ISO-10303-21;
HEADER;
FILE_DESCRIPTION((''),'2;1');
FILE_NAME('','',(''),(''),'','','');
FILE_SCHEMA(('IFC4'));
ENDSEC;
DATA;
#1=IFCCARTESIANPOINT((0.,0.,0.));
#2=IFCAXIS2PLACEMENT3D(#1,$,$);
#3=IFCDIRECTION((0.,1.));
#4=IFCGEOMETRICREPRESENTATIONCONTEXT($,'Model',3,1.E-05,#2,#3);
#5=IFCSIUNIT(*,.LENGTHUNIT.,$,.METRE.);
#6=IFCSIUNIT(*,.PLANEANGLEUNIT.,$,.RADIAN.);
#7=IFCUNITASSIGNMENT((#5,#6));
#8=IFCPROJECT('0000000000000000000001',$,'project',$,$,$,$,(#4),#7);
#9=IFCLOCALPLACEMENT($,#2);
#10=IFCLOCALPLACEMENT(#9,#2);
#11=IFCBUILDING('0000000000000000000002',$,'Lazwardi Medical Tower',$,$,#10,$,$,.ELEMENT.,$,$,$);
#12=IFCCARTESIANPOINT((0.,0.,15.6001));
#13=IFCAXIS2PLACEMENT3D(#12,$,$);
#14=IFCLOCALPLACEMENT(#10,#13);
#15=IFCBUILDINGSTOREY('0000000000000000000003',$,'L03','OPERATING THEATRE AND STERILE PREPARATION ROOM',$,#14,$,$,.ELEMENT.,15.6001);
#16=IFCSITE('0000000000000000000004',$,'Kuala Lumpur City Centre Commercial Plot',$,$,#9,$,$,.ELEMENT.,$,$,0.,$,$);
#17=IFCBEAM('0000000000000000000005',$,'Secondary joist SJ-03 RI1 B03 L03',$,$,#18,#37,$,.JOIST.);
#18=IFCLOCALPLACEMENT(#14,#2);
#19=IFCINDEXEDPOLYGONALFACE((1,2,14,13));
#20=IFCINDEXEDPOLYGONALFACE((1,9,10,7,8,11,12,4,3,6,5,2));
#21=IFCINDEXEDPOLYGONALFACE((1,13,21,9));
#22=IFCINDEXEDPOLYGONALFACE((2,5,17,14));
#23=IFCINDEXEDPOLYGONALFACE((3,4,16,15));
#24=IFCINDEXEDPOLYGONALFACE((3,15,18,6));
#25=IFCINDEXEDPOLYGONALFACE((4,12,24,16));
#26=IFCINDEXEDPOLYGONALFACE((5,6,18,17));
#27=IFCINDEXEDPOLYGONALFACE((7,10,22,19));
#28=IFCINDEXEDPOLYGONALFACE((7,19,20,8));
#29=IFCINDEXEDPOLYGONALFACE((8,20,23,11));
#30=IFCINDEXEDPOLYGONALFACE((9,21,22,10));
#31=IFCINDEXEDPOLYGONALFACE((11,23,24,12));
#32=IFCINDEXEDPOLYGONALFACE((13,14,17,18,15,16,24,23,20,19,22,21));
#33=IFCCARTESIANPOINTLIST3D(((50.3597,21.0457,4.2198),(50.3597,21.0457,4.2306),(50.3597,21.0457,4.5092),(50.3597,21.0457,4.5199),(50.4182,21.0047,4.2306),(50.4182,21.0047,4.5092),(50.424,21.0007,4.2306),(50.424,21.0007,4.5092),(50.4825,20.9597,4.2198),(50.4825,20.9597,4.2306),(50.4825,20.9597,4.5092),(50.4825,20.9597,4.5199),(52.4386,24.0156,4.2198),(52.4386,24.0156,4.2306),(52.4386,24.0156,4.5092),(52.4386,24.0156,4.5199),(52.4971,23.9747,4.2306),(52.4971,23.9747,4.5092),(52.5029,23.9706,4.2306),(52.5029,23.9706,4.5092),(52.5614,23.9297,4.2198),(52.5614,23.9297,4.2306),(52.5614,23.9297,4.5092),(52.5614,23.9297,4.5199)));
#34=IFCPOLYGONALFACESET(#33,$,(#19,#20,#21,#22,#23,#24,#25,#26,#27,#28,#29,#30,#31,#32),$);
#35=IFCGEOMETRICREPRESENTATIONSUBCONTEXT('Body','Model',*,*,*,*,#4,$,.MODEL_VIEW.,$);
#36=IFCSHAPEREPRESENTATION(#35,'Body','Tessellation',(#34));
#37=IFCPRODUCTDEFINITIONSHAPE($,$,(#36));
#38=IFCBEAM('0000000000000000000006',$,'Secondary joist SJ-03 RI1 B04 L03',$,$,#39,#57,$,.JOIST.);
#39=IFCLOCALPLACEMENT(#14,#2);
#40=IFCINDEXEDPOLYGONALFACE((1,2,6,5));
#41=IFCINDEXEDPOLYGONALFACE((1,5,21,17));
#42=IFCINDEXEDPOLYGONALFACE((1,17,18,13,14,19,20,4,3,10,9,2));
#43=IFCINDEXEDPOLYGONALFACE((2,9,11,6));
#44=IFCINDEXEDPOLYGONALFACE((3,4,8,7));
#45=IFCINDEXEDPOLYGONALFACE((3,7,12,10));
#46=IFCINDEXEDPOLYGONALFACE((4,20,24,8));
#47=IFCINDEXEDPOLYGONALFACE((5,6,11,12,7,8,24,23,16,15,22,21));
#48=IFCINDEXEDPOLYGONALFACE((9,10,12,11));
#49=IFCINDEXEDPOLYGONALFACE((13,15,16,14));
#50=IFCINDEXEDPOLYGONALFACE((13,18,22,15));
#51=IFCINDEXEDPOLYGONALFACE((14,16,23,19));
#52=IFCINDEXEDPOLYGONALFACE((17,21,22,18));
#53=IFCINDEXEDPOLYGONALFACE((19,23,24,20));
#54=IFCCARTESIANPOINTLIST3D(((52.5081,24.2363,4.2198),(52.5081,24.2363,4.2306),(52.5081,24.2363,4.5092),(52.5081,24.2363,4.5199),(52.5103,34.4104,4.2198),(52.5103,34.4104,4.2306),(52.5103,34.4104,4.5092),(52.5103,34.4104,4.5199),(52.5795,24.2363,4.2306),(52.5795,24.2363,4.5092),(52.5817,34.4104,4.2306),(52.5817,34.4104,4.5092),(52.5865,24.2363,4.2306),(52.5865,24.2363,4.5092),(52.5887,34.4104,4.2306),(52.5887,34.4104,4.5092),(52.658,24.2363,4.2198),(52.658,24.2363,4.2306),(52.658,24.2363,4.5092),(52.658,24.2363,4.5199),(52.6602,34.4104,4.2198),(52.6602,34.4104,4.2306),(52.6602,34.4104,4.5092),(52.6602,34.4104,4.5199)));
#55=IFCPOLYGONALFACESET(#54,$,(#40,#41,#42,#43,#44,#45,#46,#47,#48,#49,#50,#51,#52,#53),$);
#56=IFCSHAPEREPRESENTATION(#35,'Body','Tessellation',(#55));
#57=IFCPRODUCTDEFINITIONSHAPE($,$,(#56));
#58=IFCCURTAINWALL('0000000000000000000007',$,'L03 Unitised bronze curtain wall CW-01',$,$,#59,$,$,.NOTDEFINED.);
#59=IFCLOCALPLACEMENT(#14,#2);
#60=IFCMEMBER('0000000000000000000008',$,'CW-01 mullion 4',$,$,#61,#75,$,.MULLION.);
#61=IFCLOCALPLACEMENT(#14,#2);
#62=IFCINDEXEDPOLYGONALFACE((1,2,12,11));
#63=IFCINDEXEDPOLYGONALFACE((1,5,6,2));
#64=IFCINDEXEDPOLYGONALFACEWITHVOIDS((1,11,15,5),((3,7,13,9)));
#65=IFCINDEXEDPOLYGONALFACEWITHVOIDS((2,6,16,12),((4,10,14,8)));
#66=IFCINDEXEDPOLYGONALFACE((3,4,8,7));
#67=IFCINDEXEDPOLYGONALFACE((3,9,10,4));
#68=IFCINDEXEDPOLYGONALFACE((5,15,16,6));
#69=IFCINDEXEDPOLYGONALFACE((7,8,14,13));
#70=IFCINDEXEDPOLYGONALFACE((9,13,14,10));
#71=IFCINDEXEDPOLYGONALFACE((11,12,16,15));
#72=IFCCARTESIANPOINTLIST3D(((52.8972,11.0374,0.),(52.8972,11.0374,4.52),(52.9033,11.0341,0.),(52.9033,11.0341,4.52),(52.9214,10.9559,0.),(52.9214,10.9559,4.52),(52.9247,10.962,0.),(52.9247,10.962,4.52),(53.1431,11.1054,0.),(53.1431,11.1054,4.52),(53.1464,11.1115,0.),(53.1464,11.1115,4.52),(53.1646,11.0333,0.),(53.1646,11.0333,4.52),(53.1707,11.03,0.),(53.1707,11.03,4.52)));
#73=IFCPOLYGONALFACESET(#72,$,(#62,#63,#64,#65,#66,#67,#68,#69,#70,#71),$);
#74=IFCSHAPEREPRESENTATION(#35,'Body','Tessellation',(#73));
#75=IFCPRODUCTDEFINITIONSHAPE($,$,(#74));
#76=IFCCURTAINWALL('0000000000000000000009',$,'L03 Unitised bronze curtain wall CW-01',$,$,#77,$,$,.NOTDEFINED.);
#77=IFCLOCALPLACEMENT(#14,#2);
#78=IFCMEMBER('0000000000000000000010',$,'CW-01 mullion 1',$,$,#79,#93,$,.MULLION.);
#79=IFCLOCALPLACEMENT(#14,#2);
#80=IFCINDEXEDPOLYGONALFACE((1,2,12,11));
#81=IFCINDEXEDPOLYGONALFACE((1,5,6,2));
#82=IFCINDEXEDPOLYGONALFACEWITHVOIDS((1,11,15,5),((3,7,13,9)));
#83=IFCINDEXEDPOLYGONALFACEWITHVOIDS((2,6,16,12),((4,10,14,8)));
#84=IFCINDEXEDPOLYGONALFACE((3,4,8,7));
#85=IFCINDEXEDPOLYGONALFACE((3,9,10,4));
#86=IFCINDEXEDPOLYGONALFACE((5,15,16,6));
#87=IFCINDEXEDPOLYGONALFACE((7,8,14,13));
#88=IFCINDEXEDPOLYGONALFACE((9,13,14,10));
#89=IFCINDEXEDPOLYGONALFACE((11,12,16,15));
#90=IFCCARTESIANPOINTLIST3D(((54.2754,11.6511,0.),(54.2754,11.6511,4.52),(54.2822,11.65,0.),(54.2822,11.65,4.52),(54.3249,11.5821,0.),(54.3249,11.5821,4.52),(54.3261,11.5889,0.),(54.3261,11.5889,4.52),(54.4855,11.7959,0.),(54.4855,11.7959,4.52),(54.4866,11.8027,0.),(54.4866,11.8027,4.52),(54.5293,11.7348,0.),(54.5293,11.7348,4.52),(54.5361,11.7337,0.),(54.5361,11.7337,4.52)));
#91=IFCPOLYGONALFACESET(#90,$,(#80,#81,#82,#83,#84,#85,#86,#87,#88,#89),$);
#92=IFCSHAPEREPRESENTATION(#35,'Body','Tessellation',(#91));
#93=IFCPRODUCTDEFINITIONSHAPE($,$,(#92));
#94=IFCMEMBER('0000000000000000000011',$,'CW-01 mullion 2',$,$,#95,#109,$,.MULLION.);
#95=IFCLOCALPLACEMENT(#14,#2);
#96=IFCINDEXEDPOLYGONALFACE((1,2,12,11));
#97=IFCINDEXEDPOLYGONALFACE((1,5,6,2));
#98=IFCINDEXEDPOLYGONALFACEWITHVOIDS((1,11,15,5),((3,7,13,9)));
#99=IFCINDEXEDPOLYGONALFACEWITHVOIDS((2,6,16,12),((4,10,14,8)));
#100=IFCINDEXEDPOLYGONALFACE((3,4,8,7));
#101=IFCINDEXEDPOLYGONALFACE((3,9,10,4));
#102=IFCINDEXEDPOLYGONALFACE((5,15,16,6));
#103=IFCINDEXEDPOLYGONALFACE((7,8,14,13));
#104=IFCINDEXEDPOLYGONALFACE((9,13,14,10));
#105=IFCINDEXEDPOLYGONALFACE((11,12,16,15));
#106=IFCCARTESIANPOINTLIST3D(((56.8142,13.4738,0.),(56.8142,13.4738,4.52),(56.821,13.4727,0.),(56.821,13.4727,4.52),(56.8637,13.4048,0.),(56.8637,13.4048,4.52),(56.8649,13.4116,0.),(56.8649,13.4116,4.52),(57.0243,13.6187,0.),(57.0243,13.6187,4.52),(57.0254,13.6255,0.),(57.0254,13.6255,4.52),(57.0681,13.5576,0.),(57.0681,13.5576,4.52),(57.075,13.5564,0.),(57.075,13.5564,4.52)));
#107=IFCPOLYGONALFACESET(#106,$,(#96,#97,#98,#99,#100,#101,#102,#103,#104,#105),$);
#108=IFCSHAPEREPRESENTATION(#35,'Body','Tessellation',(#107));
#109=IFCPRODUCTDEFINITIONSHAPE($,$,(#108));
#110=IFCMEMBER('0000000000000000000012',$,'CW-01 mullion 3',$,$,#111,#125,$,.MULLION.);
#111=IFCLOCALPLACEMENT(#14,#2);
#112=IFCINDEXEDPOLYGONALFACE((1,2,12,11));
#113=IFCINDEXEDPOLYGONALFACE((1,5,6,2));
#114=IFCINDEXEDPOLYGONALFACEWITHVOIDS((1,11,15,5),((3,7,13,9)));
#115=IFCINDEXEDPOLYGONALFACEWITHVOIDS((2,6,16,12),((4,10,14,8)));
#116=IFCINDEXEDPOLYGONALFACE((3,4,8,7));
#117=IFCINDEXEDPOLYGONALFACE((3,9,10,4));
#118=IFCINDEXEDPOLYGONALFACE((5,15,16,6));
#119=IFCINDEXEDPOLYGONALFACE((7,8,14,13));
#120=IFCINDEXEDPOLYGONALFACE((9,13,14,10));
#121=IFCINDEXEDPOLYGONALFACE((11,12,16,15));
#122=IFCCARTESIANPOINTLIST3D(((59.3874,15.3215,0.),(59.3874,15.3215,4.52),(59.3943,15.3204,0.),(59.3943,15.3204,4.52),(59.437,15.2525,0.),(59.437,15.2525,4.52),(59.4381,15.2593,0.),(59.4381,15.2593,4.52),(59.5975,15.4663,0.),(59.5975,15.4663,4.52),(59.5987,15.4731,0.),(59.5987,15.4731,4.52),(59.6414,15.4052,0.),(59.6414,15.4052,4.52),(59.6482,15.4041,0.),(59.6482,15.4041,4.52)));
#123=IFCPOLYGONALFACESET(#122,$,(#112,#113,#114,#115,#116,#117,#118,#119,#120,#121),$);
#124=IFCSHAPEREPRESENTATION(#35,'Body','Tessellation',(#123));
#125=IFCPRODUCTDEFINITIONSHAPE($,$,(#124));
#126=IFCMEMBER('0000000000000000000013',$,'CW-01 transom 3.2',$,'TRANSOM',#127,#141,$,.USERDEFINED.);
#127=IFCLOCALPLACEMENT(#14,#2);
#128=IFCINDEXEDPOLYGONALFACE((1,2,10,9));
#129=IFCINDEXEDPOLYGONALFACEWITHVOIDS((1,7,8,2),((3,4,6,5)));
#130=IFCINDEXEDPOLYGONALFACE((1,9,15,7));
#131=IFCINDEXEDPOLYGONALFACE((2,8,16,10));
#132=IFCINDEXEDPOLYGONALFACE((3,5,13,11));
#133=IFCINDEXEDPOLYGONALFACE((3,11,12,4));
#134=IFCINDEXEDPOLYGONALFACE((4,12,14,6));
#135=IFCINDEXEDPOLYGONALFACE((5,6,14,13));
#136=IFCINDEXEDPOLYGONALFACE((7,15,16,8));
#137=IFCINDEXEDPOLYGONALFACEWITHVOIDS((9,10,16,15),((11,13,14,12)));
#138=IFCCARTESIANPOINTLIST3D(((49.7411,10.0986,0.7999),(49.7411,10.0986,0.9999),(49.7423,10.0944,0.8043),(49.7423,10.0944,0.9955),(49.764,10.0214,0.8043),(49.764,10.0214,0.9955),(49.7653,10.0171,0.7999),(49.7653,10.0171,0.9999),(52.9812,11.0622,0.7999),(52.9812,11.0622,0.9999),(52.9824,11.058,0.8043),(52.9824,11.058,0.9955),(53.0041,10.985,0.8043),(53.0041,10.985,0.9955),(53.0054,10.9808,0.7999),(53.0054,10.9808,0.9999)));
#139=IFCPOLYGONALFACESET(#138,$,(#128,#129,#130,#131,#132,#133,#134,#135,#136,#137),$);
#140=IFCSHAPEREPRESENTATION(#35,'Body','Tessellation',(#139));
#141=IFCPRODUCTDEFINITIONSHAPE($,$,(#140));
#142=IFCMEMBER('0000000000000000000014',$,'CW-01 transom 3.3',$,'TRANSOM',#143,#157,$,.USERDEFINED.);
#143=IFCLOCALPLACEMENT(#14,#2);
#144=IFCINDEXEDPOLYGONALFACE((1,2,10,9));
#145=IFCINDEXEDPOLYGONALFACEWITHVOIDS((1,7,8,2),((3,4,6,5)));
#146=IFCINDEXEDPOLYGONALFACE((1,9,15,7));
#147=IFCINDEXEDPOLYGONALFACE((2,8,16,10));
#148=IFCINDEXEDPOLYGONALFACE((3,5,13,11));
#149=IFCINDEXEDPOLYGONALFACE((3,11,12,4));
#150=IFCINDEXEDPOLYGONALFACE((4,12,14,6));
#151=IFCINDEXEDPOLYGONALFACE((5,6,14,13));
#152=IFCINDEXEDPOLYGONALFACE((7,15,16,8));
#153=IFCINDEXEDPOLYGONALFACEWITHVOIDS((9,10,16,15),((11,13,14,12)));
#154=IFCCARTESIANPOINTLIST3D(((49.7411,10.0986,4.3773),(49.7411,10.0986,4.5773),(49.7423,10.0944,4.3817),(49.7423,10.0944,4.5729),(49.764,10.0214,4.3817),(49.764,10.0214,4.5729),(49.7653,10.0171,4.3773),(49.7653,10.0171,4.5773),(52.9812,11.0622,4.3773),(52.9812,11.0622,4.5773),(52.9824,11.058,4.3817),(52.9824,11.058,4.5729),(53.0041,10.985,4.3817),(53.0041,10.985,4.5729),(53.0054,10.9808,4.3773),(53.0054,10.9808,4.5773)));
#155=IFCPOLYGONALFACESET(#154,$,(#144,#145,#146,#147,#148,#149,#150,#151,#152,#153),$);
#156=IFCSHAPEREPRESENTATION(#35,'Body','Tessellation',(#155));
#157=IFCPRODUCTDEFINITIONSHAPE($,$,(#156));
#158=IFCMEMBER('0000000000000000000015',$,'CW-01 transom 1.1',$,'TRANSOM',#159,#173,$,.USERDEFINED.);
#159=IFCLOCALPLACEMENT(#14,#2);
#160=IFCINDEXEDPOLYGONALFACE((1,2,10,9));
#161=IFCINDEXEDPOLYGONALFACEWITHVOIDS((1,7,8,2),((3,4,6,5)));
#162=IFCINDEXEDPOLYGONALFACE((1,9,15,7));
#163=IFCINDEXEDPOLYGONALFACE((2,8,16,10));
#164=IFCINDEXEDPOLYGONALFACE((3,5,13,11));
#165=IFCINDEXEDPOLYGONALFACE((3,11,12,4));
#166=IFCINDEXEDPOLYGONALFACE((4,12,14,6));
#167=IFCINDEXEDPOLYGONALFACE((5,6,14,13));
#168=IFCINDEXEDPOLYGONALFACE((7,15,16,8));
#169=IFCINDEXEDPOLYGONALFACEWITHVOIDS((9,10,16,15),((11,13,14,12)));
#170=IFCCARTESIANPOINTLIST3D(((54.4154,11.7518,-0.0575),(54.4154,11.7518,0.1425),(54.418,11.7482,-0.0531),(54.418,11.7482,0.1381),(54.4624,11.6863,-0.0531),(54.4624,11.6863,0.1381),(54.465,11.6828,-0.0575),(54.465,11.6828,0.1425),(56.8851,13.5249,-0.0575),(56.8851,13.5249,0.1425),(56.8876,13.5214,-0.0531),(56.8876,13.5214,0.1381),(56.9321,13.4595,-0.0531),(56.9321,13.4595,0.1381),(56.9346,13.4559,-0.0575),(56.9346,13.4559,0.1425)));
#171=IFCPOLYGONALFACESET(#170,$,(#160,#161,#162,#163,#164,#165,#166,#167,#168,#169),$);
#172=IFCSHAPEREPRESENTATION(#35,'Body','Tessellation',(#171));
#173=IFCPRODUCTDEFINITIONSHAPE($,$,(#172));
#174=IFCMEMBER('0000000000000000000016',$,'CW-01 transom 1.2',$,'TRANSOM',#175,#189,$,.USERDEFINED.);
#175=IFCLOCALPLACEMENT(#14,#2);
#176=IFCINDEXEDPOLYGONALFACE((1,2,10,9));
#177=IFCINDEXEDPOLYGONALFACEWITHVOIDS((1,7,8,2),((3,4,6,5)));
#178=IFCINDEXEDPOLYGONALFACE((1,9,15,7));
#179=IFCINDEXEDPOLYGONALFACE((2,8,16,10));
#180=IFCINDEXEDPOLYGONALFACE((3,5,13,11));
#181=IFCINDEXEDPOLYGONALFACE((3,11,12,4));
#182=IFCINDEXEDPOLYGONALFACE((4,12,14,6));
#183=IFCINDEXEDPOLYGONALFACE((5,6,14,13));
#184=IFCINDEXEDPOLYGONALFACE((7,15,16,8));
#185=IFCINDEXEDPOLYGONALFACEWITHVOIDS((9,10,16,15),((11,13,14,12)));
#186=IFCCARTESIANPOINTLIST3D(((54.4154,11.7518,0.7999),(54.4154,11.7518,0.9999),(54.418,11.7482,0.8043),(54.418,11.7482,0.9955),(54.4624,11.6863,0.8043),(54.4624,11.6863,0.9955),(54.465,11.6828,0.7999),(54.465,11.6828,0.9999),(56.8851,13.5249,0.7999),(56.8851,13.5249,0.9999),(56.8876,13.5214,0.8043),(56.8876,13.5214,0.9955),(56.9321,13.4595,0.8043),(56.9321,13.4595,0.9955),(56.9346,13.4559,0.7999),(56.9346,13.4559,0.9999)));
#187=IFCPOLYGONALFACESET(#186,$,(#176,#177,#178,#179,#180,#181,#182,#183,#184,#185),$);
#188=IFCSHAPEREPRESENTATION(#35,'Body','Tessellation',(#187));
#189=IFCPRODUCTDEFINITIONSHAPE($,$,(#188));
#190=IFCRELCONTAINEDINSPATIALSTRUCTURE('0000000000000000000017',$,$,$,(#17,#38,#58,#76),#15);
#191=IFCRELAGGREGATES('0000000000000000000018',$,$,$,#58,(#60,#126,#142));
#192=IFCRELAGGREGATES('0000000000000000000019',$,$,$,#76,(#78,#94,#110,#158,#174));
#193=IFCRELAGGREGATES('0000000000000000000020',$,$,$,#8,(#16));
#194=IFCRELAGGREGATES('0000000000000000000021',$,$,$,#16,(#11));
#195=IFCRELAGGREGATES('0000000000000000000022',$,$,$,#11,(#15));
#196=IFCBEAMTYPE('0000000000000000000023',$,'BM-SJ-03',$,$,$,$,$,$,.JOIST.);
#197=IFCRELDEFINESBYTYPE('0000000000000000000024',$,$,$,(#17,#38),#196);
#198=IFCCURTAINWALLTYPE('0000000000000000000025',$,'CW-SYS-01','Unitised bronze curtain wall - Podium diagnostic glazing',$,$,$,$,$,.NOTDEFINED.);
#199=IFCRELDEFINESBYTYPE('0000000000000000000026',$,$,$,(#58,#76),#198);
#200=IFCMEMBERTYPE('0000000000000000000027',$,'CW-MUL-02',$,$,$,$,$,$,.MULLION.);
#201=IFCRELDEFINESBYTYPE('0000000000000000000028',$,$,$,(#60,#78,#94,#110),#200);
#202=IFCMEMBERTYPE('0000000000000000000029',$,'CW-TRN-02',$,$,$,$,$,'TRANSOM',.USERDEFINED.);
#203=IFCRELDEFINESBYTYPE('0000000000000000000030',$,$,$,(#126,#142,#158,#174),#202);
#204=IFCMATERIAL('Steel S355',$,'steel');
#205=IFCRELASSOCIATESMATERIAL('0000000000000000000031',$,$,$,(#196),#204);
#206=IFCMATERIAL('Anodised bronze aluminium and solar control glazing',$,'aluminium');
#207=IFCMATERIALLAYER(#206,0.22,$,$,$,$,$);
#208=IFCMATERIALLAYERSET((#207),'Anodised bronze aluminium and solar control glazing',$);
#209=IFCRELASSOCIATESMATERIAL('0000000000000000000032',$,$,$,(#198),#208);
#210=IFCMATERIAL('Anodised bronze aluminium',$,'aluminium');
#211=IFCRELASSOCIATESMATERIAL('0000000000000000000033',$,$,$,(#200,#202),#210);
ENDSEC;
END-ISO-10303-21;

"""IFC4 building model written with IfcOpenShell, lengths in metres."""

from ifc_helpers import new_model, si_unit, direction, frame, origin, origin_2d, place, context, subcontext, project, spatial, hollow_rectangle, i_section, extrude, material, layer, layer_set, material_profile, profile_set, type_object, element, aggregate, save


model = new_model("IFC4")

# Units and contexts
model_context = context("Model", 3, precision=1e-05, world=origin(), true_north=direction((0.0, 1.0)))
body_context = subcontext(model_context, "Body", "Model", "MODEL_VIEW")
ifc_project = project(units=[si_unit("LENGTHUNIT", "METRE"), si_unit("PLANEANGLEUNIT", "RADIAN")], contexts=[model_context])

# Site, building, storey
site_placement = place(None, origin())
site = spatial("IfcSite", under=ifc_project, at=site_placement, Name="Kuala Lumpur City Centre Commercial Plot", CompositionType="ELEMENT", RefElevation=0.0)
building_placement = place(site_placement, origin())
building = spatial("IfcBuilding", under=site, at=building_placement, Name="Lazwardi Medical Tower", CompositionType="ELEMENT")
storey_placement = place(building_placement, frame((0.0, 0.0, 15.6001)))
storey = spatial("IfcBuildingStorey", under=building, at=storey_placement, Name="L03", Description="OPERATING THEATRE AND STERILE PREPARATION ROOM", CompositionType="ELEMENT", Elevation=15.6001)

# Beams
ifc_material_1 = material(Name="Steel S355", Category="steel")
ifc_material_profile_1 = material_profile(ifc_material_1, i_section(OverallWidth=0.1499, OverallDepth=0.3, WebThickness=0.0071, FlangeThickness=0.0107, at=origin_2d()), Name="IPE 300")
ifc_profile_set_1 = profile_set([ifc_material_profile_1], Name="Steel S355")
beam_type_1 = type_object("IfcBeamType", Name="BM-SJ-03", PredefinedType="JOIST", material=ifc_profile_set_1)
beam_1_placement = place(storey_placement, frame((50.4211, 21.0027, 4.3699), z_axis=(0.57344, 0.819248, 0.0), x_axis=(-0.819248, 0.57344, 0.0)))
element("IfcBeam", 1, at=beam_1_placement, inside=storey, type_object=beam_type_1, Name="Secondary joist SJ-03 RI1 B03 L03", PredefinedType="JOIST", context=body_context, shape_type="SweptSolid", body=[
    extrude(i_section(OverallWidth=0.1499, OverallDepth=0.3, WebThickness=0.0071, FlangeThickness=0.0107, at=origin_2d()), origin(), (0.0, 0.0, 1.0), 3.6252),
])
beam_2_placement = place(storey_placement, frame((52.583, 24.2363, 4.3699), z_axis=(0.000216, 1.0, 0.0), x_axis=(-1.0, 0.000216, 0.0)))
element("IfcBeam", 2, at=beam_2_placement, inside=storey, type_object=beam_type_1, Name="Secondary joist SJ-03 RI1 B04 L03", PredefinedType="JOIST", context=body_context, shape_type="SweptSolid", body=[
    extrude(i_section(OverallWidth=0.1499, OverallDepth=0.3, WebThickness=0.0071, FlangeThickness=0.0107, at=origin_2d()), origin(), (0.0, 0.0, 1.0), 10.1741),
])

# Curtain wall, member
ifc_material_2 = material(Name="Anodised bronze aluminium and solar control glazing", Category="aluminium")
ifc_layer_1 = layer(ifc_material_2, 0.22)
ifc_layer_set_1 = layer_set([ifc_layer_1], Name="Anodised bronze aluminium and solar control glazing")
curtain_wall_type = type_object("IfcCurtainWallType", Name="CW-SYS-01", Description="Unitised bronze curtain wall - Podium diagnostic glazing", PredefinedType="NOTDEFINED", material=ifc_layer_set_1)
curtain_wall_1_placement = place(storey_placement, origin())
curtain_wall_1 = element("IfcCurtainWall", 3, at=curtain_wall_1_placement, inside=storey, type_object=curtain_wall_type, Name="L03 Unitised bronze curtain wall CW-01", PredefinedType="NOTDEFINED")
ifc_material_3 = material(Name="Anodised bronze aluminium", Category="aluminium")
ifc_material_profile_2 = material_profile(ifc_material_3, hollow_rectangle(XDim=0.085, YDim=0.26, WallThickness=0.0049, at=origin_2d()), Name="ALU-MULLION 260x85x5")
ifc_profile_set_2 = profile_set([ifc_material_profile_2], Name="Anodised bronze aluminium")
member_type_1 = type_object("IfcMemberType", Name="CW-MUL-02", PredefinedType="MULLION", material=ifc_profile_set_2)
member_1_placement = place(storey_placement, frame((53.0339, 11.0337, 0.0), z_axis=(0.0, 0.0, 1.0), x_axis=(-0.285047, 0.958513, 0.0)))
member_1 = element("IfcMember", 4, at=member_1_placement, type_object=member_type_1, Name="CW-01 mullion 4", PredefinedType="MULLION", context=body_context, shape_type="SweptSolid", body=[
    extrude(hollow_rectangle(XDim=0.085, YDim=0.26, WallThickness=0.0049, at=origin_2d()), origin(), (0.0, 0.0, 1.0), 4.52),
])

# Curtain wall, members
curtain_wall_2_placement = place(storey_placement, origin())
curtain_wall_2 = element("IfcCurtainWall", 5, at=curtain_wall_2_placement, inside=storey, type_object=curtain_wall_type, Name="L03 Unitised bronze curtain wall CW-01", PredefinedType="NOTDEFINED")
member_2_placement = place(storey_placement, frame((54.4058, 11.6924, 0.0), z_axis=(0.0, 0.0, 1.0), x_axis=(-0.583214, 0.812318, 0.0)))
member_2 = element("IfcMember", 6, at=member_2_placement, type_object=member_type_1, Name="CW-01 mullion 1", PredefinedType="MULLION", context=body_context, shape_type="SweptSolid", body=[
    extrude(hollow_rectangle(XDim=0.085, YDim=0.26, WallThickness=0.0049, at=origin_2d()), origin(), (0.0, 0.0, 1.0), 4.52),
])
member_3_placement = place(storey_placement, frame((56.9446, 13.5151, 0.0), z_axis=(0.0, 0.0, 1.0), x_axis=(-0.583214, 0.812318, 0.0)))
member_3 = element("IfcMember", 7, at=member_3_placement, type_object=member_type_1, Name="CW-01 mullion 2", PredefinedType="MULLION", context=body_context, shape_type="SweptSolid", body=[
    extrude(hollow_rectangle(XDim=0.085, YDim=0.26, WallThickness=0.0049, at=origin_2d()), origin(), (0.0, 0.0, 1.0), 4.52),
])
member_4_placement = place(storey_placement, frame((59.5178, 15.3628, 0.0), z_axis=(0.0, 0.0, 1.0), x_axis=(-0.583214, 0.812318, 0.0)))
member_4 = element("IfcMember", 8, at=member_4_placement, type_object=member_type_1, Name="CW-01 mullion 3", PredefinedType="MULLION", context=body_context, shape_type="SweptSolid", body=[
    extrude(hollow_rectangle(XDim=0.085, YDim=0.26, WallThickness=0.0049, at=origin_2d()), origin(), (0.0, 0.0, 1.0), 4.52),
])

# Members
ifc_material_profile_3 = material_profile(ifc_material_3, hollow_rectangle(XDim=0.085, YDim=0.2, WallThickness=0.0044, at=origin_2d()), Name="ALU-TRANSOM 200x85x4.5")
ifc_profile_set_3 = profile_set([ifc_material_profile_3], Name="Anodised bronze aluminium")
member_type_2 = type_object("IfcMemberType", Name="CW-TRN-02", ElementType="TRANSOM", PredefinedType="USERDEFINED", material=ifc_profile_set_3)
member_5_placement = place(storey_placement, frame((49.7532, 10.0579, 0.8999), z_axis=(0.958505, 0.285074, 0.0), x_axis=(-0.285074, 0.958505, 0.0)))
member_5 = element("IfcMember", 9, at=member_5_placement, type_object=member_type_2, Name="CW-01 transom 3.2", ObjectType="TRANSOM", PredefinedType="USERDEFINED", context=body_context, shape_type="SweptSolid", body=[
    extrude(hollow_rectangle(XDim=0.085, YDim=0.2, WallThickness=0.0044, at=origin_2d()), origin(), (0.0, 0.0, 1.0), 3.3804),
])
member_6_placement = place(storey_placement, frame((49.7532, 10.0579, 4.4773), z_axis=(0.958505, 0.285074, 0.0), x_axis=(-0.285074, 0.958505, 0.0)))
member_6 = element("IfcMember", 10, at=member_6_placement, type_object=member_type_2, Name="CW-01 transom 3.3", ObjectType="TRANSOM", PredefinedType="USERDEFINED", context=body_context, shape_type="SweptSolid", body=[
    extrude(hollow_rectangle(XDim=0.085, YDim=0.2, WallThickness=0.0044, at=origin_2d()), origin(), (0.0, 0.0, 1.0), 3.3804),
])
member_7_placement = place(storey_placement, frame((54.4402, 11.7173, 0.0425), z_axis=(0.812315, 0.583219, 0.0), x_axis=(-0.583219, 0.812315, 0.0)))
member_7 = element("IfcMember", 11, at=member_7_placement, type_object=member_type_2, Name="CW-01 transom 1.1", ObjectType="TRANSOM", PredefinedType="USERDEFINED", context=body_context, shape_type="SweptSolid", body=[
    extrude(hollow_rectangle(XDim=0.085, YDim=0.2, WallThickness=0.0044, at=origin_2d()), origin(), (0.0, 0.0, 1.0), 3.0403),
])
member_8_placement = place(storey_placement, frame((54.4402, 11.7173, 0.8999), z_axis=(0.812315, 0.583219, 0.0), x_axis=(-0.583219, 0.812315, 0.0)))
member_8 = element("IfcMember", 12, at=member_8_placement, type_object=member_type_2, Name="CW-01 transom 1.2", ObjectType="TRANSOM", PredefinedType="USERDEFINED", context=body_context, shape_type="SweptSolid", body=[
    extrude(hollow_rectangle(XDim=0.085, YDim=0.2, WallThickness=0.0044, at=origin_2d()), origin(), (0.0, 0.0, 1.0), 3.0403),
])

aggregate(curtain_wall_1, [member_1, member_5, member_6])
aggregate(curtain_wall_2, [member_2, member_3, member_4, member_7, member_8])

save(model, "model.ifc")
